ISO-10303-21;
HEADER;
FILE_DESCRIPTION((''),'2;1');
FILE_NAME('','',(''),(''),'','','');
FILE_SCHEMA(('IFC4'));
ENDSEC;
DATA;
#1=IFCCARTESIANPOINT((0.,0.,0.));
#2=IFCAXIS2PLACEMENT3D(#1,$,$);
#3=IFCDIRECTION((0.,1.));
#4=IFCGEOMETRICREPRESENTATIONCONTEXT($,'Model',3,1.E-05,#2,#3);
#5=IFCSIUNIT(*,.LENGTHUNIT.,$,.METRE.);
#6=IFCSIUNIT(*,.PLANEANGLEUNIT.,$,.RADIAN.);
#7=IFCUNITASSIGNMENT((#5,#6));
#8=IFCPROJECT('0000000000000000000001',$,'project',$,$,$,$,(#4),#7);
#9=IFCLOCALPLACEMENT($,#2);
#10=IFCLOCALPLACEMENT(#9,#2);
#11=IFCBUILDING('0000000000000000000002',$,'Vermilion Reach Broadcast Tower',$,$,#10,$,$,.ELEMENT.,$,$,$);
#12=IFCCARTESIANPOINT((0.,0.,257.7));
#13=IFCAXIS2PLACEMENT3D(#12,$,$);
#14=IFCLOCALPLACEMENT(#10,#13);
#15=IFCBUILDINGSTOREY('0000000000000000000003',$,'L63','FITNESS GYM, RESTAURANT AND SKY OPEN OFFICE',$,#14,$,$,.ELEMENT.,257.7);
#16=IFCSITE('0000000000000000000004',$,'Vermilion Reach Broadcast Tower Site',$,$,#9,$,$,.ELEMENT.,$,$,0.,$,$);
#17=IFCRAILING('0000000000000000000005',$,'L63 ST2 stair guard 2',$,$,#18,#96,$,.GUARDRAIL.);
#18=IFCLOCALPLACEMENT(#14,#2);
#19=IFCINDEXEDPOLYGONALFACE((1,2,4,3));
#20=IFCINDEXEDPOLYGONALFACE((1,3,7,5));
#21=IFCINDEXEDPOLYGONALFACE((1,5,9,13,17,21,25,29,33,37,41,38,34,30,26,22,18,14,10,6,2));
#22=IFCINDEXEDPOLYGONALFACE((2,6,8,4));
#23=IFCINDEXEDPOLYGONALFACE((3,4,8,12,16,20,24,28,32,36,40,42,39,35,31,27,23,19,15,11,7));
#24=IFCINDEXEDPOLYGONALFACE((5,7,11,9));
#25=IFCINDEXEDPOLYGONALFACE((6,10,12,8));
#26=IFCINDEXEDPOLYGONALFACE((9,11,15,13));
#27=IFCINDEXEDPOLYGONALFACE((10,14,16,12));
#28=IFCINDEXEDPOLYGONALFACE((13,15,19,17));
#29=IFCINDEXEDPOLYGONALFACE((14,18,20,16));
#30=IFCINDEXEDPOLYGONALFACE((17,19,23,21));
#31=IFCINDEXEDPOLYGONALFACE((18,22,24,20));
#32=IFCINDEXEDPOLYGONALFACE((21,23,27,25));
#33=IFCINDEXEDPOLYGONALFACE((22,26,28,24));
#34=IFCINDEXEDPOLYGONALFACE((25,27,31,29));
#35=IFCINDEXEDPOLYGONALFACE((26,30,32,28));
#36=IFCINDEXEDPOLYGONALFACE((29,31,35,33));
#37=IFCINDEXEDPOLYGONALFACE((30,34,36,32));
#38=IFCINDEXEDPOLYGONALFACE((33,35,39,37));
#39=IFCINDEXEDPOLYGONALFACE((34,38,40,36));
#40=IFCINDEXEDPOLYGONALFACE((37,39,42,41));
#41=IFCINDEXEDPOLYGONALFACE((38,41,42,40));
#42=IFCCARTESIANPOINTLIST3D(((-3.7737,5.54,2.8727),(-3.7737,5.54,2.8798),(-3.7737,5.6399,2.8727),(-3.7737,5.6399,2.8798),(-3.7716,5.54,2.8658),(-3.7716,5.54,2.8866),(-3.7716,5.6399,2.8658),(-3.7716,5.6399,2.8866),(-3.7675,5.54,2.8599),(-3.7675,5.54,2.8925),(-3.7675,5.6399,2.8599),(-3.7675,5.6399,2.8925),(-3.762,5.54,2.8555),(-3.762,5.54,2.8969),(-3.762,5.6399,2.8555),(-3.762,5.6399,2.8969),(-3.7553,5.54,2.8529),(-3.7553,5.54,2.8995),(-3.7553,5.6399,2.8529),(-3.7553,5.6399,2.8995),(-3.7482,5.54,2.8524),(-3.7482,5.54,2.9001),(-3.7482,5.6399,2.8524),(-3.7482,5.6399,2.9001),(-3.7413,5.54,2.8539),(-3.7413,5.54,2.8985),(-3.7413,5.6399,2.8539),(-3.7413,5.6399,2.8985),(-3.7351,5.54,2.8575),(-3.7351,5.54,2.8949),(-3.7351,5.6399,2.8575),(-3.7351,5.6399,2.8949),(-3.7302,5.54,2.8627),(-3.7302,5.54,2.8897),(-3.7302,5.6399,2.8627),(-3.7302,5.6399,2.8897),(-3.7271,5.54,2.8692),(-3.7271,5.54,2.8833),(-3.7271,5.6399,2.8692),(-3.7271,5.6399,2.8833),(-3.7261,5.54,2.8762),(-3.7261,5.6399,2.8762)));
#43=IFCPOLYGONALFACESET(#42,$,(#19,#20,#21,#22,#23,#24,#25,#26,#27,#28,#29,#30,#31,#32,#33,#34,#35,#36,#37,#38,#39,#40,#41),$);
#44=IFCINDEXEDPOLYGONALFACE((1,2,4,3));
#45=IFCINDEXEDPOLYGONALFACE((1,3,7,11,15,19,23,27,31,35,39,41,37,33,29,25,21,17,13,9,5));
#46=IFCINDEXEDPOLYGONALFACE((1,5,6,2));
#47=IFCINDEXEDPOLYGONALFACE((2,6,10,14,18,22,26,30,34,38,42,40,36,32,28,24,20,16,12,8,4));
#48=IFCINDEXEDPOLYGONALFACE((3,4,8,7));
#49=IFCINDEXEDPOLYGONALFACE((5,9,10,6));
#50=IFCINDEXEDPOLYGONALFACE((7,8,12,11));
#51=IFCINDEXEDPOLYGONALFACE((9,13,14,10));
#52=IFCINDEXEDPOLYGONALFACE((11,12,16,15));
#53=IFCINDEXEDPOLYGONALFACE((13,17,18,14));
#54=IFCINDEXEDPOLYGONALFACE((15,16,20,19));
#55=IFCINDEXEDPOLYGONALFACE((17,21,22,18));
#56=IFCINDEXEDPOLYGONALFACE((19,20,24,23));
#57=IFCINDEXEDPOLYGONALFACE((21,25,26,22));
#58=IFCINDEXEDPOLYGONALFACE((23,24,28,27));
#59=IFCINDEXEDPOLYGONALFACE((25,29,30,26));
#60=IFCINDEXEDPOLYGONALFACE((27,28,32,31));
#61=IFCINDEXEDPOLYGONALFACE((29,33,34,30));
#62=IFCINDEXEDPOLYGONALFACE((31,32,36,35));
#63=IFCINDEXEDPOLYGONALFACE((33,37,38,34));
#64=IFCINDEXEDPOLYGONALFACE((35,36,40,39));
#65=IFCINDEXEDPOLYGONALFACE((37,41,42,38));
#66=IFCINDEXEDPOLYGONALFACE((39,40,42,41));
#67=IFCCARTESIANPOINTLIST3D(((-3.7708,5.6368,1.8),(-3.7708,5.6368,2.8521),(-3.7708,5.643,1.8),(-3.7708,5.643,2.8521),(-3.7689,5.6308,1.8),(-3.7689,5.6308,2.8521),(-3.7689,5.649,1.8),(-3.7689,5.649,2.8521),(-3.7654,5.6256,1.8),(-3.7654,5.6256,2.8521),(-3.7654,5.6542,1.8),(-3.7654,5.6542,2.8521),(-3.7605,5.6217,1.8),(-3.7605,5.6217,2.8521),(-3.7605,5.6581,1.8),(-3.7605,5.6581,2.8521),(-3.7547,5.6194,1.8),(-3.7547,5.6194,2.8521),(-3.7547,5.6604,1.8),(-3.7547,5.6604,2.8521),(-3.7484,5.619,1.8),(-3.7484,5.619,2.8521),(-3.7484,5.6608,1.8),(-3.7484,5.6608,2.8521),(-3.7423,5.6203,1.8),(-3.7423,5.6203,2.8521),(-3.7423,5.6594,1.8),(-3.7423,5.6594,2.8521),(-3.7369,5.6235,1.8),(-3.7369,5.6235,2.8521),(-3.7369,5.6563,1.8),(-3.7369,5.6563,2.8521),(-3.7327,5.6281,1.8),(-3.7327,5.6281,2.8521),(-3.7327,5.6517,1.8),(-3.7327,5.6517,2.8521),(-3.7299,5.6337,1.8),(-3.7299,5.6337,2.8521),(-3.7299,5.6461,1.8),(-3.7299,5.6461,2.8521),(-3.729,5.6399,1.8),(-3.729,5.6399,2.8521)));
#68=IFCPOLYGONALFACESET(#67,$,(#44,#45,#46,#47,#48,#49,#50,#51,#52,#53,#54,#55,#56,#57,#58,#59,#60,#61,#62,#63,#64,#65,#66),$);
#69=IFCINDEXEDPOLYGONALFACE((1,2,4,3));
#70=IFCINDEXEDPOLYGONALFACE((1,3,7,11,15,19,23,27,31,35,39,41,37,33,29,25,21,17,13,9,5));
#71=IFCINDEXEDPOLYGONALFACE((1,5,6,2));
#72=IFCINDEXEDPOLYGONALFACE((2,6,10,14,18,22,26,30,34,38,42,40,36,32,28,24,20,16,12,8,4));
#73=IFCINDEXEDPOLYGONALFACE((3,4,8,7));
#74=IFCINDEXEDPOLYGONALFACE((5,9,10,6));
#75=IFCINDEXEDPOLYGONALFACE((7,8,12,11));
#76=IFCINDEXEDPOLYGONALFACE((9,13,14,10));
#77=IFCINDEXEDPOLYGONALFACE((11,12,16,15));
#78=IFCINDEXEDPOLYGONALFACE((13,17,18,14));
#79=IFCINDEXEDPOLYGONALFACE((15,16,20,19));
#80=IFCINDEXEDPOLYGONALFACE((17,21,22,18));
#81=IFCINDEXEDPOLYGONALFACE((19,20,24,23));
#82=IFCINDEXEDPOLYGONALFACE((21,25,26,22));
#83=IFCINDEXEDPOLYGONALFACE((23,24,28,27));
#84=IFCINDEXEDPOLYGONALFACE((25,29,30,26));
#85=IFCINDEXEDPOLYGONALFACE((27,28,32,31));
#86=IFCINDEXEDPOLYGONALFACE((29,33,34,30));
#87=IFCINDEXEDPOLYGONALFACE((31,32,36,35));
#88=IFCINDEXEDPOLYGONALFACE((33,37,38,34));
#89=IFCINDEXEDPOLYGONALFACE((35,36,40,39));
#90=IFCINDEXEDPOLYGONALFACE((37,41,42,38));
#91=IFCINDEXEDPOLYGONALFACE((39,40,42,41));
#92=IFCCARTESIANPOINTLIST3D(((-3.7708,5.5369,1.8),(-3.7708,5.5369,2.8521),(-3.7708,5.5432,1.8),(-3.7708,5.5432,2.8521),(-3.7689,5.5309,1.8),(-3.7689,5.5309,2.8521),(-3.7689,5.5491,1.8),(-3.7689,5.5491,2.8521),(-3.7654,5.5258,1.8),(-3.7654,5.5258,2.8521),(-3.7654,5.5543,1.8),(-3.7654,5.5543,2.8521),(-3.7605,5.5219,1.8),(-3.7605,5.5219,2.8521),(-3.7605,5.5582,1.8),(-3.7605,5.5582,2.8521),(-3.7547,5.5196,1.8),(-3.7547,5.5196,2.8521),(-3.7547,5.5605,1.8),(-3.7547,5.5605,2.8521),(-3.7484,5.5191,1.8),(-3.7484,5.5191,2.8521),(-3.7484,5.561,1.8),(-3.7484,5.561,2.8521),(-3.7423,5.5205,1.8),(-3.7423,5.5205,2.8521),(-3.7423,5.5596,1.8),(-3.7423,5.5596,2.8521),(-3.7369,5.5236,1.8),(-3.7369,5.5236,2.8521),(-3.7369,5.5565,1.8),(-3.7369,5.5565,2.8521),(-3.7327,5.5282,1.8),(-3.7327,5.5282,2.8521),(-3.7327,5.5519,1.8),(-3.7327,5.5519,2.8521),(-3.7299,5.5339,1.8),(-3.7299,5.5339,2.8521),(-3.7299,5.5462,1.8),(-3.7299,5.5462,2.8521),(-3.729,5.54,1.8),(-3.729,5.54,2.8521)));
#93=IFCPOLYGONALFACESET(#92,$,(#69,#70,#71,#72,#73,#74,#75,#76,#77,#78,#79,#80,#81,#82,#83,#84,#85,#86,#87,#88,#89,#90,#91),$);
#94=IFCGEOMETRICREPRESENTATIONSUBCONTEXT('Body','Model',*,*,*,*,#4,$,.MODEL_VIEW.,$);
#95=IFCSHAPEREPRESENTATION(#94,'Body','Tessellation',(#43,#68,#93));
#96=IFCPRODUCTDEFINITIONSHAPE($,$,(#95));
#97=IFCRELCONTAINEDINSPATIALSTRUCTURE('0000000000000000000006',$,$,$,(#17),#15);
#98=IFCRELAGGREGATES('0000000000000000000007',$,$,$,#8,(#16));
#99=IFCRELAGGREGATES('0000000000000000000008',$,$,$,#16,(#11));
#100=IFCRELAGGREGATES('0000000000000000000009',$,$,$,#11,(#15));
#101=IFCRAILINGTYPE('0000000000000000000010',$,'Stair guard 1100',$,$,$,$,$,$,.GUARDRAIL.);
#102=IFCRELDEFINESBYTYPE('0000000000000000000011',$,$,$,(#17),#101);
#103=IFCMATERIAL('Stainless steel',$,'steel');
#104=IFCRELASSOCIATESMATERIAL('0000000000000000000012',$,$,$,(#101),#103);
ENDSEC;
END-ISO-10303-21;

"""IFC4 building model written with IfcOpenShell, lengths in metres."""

from ifc_helpers import new_model, si_unit, direction, frame, origin, origin_2d, place, context, subcontext, project, spatial, circle, extrude, material, type_object, element, save


model = new_model("IFC4")

# Units and contexts
model_context = context("Model", 3, precision=1e-05, world=origin(), true_north=direction((0.0, 1.0)))
body_context = subcontext(model_context, "Body", "Model", "MODEL_VIEW")
ifc_project = project(units=[si_unit("LENGTHUNIT", "METRE"), si_unit("PLANEANGLEUNIT", "RADIAN")], contexts=[model_context])

# Site, building, storey
site_placement = place(None, origin())
site = spatial("IfcSite", under=ifc_project, at=site_placement, Name="Vermilion Reach Broadcast Tower Site", CompositionType="ELEMENT", RefElevation=0.0)
building_placement = place(site_placement, origin())
building = spatial("IfcBuilding", under=site, at=building_placement, Name="Vermilion Reach Broadcast Tower", CompositionType="ELEMENT")
storey_placement = place(building_placement, frame((0.0, 0.0, 257.7)))
storey = spatial("IfcBuildingStorey", under=building, at=storey_placement, Name="L63", Description="FITNESS GYM, RESTAURANT AND SKY OPEN OFFICE", CompositionType="ELEMENT", Elevation=257.7)

# Railing
ifc_material_1 = material(Name="Stainless steel", Category="steel")
railing_type_1 = type_object("IfcRailingType", Name="Stair guard 1100", PredefinedType="GUARDRAIL", material=ifc_material_1)
railing_1_placement = place(storey_placement, frame((-3.75, 5.6399, 1.8)))
element("IfcRailing", 1, at=railing_1_placement, inside=storey, type_object=railing_type_1, Name="L63 ST2 stair guard 2", PredefinedType="GUARDRAIL", context=body_context, shape_type="SweptSolid", body=[
    extrude(circle(Radius=0.0239, at=origin_2d()), frame((0.0, 0.0, 1.0762), z_axis=(0.0, -1.0, 0.0), x_axis=(1.0, 0.0, 0.0)), (0.0, 0.0, 1.0), 0.0999),
    extrude(circle(Radius=0.021, at=origin_2d()), origin(), (0.0, 0.0, 1.0), 1.052),
    extrude(circle(Radius=0.021, at=origin_2d()), frame((0.0, -0.0999, 0.0)), (0.0, 0.0, 1.0), 1.052),
])

save(model, "model.ifc")
